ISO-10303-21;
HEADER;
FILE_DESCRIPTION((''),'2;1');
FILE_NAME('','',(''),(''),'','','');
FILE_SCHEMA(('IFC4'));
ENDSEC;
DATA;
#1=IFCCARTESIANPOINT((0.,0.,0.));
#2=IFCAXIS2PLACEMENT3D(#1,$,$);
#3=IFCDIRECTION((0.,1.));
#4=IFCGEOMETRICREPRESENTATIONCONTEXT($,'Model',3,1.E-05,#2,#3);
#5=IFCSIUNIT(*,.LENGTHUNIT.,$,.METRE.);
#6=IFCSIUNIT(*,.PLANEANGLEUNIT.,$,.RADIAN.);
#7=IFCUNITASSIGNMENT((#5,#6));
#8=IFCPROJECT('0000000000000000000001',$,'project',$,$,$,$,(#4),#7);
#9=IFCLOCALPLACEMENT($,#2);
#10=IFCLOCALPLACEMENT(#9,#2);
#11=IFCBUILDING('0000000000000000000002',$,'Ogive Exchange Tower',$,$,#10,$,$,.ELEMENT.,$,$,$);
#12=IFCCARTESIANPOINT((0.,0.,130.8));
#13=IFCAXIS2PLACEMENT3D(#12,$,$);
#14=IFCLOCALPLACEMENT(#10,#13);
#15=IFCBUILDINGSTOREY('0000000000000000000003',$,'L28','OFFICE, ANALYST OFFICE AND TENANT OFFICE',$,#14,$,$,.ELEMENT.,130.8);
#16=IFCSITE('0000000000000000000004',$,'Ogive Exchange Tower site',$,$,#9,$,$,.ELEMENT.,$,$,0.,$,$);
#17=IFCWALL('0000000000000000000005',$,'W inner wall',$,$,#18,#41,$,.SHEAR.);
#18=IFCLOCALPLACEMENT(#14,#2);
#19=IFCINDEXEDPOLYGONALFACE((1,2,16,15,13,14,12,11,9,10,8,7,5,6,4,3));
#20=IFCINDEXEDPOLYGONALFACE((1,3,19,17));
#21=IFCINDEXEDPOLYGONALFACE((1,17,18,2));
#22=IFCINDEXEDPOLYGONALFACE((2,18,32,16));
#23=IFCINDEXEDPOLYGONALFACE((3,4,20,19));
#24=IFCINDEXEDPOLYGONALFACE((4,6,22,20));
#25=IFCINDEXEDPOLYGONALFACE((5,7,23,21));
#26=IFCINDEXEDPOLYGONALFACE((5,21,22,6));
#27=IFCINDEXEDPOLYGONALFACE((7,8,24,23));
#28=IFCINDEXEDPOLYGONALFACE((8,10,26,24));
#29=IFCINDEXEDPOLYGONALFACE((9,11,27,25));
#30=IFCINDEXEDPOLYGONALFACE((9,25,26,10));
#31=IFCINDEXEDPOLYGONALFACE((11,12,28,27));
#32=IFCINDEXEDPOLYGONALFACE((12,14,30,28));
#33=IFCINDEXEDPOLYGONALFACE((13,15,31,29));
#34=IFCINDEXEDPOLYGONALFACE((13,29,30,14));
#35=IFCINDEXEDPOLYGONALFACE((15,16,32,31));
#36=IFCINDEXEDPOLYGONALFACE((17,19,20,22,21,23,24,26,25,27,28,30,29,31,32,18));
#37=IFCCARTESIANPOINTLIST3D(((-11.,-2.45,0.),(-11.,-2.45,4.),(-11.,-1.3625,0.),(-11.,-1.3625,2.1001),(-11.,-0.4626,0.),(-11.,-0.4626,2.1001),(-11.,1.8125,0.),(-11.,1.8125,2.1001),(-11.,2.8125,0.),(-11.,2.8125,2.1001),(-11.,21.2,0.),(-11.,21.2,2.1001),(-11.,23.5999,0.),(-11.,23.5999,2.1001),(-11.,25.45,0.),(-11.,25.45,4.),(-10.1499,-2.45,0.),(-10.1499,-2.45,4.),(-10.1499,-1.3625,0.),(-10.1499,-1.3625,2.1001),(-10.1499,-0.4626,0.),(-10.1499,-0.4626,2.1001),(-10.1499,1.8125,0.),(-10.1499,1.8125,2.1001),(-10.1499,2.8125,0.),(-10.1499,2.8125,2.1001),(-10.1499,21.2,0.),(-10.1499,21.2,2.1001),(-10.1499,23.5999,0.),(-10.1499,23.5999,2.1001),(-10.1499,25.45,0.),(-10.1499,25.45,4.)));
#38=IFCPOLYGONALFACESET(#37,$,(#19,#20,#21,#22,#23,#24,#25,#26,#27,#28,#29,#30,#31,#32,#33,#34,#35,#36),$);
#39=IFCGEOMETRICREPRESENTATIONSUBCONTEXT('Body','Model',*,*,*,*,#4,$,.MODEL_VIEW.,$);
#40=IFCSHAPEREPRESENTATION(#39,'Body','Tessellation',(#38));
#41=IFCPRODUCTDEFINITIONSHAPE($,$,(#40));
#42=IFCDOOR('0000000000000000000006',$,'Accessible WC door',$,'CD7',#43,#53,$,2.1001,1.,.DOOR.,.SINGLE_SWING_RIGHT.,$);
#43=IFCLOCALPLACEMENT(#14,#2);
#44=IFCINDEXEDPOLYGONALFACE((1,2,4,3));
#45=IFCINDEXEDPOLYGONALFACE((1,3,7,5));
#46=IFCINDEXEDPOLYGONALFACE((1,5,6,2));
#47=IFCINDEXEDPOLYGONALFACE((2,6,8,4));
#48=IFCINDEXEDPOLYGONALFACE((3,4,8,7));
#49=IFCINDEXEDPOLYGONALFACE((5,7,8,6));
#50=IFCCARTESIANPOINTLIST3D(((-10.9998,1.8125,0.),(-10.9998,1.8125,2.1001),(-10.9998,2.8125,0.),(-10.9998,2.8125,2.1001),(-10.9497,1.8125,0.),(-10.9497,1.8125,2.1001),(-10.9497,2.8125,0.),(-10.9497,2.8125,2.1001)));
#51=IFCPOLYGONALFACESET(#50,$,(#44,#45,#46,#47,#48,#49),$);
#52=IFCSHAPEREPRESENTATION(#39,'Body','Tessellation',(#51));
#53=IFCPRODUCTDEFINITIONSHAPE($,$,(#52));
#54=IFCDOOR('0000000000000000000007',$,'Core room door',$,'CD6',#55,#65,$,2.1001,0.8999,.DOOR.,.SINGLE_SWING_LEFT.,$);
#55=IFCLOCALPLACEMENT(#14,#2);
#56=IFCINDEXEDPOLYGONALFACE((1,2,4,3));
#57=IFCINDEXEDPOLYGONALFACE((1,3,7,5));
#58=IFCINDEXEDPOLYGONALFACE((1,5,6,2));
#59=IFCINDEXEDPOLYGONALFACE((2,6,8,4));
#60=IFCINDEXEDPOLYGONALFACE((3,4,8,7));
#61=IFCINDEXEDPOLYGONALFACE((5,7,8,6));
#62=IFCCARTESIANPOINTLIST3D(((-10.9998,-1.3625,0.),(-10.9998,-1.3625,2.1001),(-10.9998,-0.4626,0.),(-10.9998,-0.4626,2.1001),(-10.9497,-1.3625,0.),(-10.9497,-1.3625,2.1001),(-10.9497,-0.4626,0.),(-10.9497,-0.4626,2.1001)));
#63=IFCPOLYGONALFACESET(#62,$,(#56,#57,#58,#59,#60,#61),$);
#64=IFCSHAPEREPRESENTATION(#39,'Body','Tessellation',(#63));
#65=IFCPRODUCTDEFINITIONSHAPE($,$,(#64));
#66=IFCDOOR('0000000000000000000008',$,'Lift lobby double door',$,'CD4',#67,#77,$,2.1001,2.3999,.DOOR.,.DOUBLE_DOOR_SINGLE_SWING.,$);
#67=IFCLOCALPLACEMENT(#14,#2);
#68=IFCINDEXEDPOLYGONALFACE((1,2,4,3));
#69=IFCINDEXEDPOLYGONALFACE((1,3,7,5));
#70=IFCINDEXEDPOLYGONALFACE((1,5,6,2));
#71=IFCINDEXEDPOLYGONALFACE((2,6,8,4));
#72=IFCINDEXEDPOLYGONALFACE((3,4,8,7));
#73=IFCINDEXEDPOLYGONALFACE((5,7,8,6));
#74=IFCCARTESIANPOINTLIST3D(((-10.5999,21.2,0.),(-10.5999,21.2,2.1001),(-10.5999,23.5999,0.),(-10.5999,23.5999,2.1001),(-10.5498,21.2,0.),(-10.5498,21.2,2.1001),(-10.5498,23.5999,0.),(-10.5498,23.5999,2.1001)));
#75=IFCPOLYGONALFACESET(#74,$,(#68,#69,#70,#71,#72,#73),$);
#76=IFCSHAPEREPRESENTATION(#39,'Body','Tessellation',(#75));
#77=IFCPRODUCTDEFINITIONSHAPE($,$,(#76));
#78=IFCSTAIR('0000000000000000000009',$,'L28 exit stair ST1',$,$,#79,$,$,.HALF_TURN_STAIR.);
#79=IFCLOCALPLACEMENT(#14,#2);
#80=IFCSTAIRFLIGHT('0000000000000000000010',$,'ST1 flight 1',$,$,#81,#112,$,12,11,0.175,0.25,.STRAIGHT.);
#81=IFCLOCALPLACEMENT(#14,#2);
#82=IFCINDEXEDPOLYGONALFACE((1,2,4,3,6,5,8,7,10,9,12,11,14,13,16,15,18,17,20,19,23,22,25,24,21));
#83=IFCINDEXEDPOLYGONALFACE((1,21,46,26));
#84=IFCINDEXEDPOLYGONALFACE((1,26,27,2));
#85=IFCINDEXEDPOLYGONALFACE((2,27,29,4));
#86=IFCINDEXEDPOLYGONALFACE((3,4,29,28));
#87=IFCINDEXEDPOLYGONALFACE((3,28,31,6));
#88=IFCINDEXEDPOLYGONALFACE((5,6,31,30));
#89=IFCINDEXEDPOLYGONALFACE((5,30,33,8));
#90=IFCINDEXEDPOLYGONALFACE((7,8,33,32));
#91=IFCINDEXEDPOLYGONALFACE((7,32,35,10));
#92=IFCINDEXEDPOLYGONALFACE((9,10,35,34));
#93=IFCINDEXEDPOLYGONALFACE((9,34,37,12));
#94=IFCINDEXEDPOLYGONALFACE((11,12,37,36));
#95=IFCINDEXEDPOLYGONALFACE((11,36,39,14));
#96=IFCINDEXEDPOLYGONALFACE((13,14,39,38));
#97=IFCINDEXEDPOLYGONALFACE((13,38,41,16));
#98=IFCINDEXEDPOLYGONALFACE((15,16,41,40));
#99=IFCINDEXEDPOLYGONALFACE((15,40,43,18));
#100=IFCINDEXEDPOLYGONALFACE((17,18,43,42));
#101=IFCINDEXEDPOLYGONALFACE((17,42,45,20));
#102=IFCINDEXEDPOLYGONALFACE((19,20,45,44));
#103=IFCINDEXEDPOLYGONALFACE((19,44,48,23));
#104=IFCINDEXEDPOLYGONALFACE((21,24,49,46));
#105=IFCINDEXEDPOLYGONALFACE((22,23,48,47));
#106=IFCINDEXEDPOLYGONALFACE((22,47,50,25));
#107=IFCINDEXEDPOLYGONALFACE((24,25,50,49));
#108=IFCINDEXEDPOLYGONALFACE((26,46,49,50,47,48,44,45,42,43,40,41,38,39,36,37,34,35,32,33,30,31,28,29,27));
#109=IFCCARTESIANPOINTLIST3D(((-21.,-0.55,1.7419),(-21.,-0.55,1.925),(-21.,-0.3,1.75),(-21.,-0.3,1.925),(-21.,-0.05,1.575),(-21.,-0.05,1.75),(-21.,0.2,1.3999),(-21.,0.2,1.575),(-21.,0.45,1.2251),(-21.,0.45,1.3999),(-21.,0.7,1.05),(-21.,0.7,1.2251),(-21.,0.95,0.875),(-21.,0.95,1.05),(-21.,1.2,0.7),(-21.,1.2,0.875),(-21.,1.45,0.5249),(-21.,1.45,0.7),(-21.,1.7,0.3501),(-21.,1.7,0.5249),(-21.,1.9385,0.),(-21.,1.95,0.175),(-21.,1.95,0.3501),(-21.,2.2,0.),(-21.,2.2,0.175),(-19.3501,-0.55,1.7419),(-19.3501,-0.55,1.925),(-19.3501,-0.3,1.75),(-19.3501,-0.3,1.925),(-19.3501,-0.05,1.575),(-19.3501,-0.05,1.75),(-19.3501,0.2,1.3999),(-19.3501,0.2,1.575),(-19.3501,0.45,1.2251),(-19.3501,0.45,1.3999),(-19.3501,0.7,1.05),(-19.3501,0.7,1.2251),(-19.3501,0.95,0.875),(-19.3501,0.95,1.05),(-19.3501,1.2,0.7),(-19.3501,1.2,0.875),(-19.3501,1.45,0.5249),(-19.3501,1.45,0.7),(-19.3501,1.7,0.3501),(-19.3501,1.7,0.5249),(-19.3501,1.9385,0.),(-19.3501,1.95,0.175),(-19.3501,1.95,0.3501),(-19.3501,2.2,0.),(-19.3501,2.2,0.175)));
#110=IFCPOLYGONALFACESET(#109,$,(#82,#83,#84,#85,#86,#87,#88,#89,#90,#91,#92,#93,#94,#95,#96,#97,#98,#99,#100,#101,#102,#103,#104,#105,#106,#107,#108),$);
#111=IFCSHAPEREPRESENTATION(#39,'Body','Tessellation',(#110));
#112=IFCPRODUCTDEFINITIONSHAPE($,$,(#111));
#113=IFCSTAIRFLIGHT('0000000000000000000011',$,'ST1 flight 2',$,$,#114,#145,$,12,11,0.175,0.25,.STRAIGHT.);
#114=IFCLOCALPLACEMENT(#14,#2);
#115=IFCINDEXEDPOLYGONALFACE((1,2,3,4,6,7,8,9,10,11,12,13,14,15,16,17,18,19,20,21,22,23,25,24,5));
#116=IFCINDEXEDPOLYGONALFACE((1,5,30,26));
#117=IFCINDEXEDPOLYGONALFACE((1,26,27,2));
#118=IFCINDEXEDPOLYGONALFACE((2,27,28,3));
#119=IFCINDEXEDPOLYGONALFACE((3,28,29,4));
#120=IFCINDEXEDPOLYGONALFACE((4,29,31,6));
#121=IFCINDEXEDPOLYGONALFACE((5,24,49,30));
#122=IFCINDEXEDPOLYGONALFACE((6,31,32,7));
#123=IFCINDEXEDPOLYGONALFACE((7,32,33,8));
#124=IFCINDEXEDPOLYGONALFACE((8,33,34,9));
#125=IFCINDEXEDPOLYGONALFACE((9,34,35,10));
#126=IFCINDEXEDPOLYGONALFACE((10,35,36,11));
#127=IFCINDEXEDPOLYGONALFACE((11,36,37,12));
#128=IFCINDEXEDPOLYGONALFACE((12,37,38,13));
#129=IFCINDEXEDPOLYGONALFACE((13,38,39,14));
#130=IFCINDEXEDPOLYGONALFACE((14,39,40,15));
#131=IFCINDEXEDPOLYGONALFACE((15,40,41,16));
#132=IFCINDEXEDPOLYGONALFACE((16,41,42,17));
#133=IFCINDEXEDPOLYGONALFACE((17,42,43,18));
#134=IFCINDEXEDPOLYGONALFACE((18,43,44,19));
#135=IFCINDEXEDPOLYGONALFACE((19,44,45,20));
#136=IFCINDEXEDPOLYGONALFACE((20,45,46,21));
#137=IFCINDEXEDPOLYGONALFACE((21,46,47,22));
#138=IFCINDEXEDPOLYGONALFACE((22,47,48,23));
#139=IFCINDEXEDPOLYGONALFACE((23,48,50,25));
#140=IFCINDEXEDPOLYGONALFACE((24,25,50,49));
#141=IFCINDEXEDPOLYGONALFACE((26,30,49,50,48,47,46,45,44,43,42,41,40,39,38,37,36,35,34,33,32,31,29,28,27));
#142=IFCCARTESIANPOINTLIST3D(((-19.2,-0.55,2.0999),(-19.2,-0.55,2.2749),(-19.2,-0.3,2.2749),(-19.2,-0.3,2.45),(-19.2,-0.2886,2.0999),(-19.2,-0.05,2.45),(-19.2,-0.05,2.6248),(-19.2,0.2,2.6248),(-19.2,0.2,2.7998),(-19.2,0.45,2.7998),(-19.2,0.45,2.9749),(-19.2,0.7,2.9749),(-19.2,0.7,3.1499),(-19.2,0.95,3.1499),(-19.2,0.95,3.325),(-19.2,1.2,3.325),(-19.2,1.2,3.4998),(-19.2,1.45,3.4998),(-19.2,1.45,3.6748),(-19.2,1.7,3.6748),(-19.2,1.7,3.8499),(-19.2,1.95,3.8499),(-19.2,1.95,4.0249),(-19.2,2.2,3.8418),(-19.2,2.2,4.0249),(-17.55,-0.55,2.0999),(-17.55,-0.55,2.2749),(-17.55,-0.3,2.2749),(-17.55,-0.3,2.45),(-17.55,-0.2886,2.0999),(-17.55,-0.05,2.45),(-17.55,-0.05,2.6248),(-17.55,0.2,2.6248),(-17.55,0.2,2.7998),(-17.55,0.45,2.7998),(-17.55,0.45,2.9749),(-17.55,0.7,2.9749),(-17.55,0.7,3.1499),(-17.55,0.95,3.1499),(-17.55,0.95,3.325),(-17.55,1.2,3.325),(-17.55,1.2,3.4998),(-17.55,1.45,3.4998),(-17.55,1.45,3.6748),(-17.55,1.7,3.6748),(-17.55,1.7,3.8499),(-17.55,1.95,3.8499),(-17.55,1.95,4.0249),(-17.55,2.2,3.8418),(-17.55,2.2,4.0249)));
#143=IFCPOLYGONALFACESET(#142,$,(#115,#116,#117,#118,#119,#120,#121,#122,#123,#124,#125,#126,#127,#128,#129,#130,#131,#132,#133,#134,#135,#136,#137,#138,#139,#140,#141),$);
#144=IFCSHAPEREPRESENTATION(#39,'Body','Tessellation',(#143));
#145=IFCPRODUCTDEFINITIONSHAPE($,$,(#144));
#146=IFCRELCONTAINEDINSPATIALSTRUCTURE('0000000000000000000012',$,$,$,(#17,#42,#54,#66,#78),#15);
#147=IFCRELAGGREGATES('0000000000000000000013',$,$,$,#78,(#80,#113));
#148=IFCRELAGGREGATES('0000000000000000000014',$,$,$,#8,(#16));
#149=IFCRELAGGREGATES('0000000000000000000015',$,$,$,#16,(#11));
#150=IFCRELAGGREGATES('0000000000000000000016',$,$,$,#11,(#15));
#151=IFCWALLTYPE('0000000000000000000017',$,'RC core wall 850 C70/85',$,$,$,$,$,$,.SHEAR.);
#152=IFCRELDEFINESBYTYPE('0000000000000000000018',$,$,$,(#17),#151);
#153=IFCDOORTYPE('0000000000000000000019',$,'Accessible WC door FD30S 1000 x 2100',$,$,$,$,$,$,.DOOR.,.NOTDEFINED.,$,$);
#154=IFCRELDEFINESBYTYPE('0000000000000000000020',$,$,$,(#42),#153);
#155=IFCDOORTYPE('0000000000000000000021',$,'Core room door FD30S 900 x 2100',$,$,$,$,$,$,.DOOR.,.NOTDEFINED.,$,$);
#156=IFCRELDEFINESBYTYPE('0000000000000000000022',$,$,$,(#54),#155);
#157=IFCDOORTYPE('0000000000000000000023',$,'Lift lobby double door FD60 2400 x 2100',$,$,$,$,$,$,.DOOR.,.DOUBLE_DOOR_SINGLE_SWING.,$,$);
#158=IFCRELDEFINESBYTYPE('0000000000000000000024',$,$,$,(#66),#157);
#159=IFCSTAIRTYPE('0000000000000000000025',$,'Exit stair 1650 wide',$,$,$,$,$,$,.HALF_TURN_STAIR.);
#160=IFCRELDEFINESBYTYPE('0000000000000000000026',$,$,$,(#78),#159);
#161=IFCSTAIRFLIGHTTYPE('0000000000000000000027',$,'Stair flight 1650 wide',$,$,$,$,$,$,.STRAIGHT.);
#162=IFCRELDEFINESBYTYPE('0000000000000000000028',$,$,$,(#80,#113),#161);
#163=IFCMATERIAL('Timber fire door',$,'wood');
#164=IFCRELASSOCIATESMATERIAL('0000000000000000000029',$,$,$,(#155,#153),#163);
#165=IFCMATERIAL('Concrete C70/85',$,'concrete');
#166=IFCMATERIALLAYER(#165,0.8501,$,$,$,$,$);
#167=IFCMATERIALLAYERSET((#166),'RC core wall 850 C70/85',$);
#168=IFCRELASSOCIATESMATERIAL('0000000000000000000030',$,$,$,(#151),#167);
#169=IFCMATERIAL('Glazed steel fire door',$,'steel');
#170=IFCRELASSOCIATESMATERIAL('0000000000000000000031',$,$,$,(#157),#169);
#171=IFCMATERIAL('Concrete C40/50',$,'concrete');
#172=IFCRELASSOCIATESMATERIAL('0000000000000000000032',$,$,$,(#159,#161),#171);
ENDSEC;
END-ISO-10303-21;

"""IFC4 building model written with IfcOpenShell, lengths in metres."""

from ifc_helpers import new_model, si_unit, direction, frame, frame_2d, origin, place, context, subcontext, project, spatial, polyline, rectangle, outline, extrude, material, layer, layer_set, type_object, element, fill, aggregate, save


model = new_model("IFC4")

# Units and contexts
model_context = context("Model", 3, precision=1e-05, world=origin(), true_north=direction((0.0, 1.0)))
body_context = subcontext(model_context, "Body", "Model", "MODEL_VIEW")
ifc_project = project(units=[si_unit("LENGTHUNIT", "METRE"), si_unit("PLANEANGLEUNIT", "RADIAN")], contexts=[model_context])

# Site, building, storey
site_placement = place(None, origin())
site = spatial("IfcSite", under=ifc_project, at=site_placement, Name="Ogive Exchange Tower site", CompositionType="ELEMENT", RefElevation=0.0)
building_placement = place(site_placement, origin())
building = spatial("IfcBuilding", under=site, at=building_placement, Name="Ogive Exchange Tower", CompositionType="ELEMENT")
storey_placement = place(building_placement, frame((0.0, 0.0, 130.8)))
storey = spatial("IfcBuildingStorey", under=building, at=storey_placement, Name="L28", Description="OFFICE, ANALYST OFFICE AND TENANT OFFICE", CompositionType="ELEMENT", Elevation=130.8)

# Shared definitions
ifc_material_1 = material(Name="Concrete C70/85", Category="concrete")

# Shared definitions
ifc_material_2 = material(Name="Timber fire door", Category="wood")
door_type_1 = type_object("IfcDoorType", Name="Core room door FD30S 900 x 2100", OperationType="NOTDEFINED", PredefinedType="DOOR", material=ifc_material_2)

# Wall, openings, doors
ifc_layer_1 = layer(ifc_material_1, 0.8501)
ifc_layer_set_1 = layer_set([ifc_layer_1], Name="RC core wall 850 C70/85")
wall_type_1 = type_object("IfcWallType", Name="RC core wall 850 C70/85", PredefinedType="SHEAR", material=ifc_layer_set_1)
wall_1_placement = place(storey_placement, frame((-10.575, -2.45, 0.0), z_axis=(0.0, 0.0, 1.0), x_axis=(0.0, 1.0, 0.0)))
wall_1 = element("IfcWall", 1, at=wall_1_placement, inside=storey, type_object=wall_type_1, Name="W inner wall", PredefinedType="SHEAR", context=body_context, shape_type="SweptSolid", body=[
    extrude(rectangle(XDim=27.8999, YDim=0.8501, at=frame_2d((13.95, 0.0))), origin(), (0.0, 0.0, 1.0), 4.0),
])
opening_1_placement = place(wall_1_placement, frame((23.6499, 0.0, 0.0)))
opening_1 = element("IfcOpeningElement", 2, at=opening_1_placement, cuts=wall_1, PredefinedType="OPENING", context=body_context, shape_type="SweptSolid", body=[
    extrude(rectangle(XDim=2.3999, YDim=2.1001, at=frame_2d((1.2, 1.05))), frame((0.0, 0.4351, 0.0), z_axis=(0.0, -1.0, 0.0), x_axis=(1.0, 0.0, 0.0)), (0.0, 0.0, 1.0), 0.8701),
])
opening_2_placement = place(wall_1_placement, frame((1.0874, 0.0, 0.0)))
opening_2 = element("IfcOpeningElement", 3, at=opening_2_placement, cuts=wall_1, PredefinedType="OPENING", context=body_context, shape_type="SweptSolid", body=[
    extrude(rectangle(XDim=0.8999, YDim=2.1001, at=frame_2d((0.45, 1.05))), frame((0.0, 0.4351, 0.0), z_axis=(0.0, -1.0, 0.0), x_axis=(1.0, 0.0, 0.0)), (0.0, 0.0, 1.0), 0.8701),
])
opening_3_placement = place(wall_1_placement, frame((4.2625, 0.0, 0.0)))
opening_3 = element("IfcOpeningElement", 4, at=opening_3_placement, cuts=wall_1, PredefinedType="OPENING", context=body_context, shape_type="SweptSolid", body=[
    extrude(rectangle(XDim=1.0, YDim=2.1001, at=frame_2d((0.5, 1.05))), frame((0.0, 0.4351, 0.0), z_axis=(0.0, -1.0, 0.0), x_axis=(1.0, 0.0, 0.0)), (0.0, 0.0, 1.0), 0.8701),
])
door_type_2 = type_object("IfcDoorType", Name="Accessible WC door FD30S 1000 x 2100", OperationType="NOTDEFINED", PredefinedType="DOOR", material=ifc_material_2)
door_1_placement = place(opening_3_placement, origin())
door_1 = element("IfcDoor", 5, at=door_1_placement, inside=storey, type_object=door_type_2, Name="Accessible WC door", ObjectType="CD7", OperationType="SINGLE_SWING_RIGHT", OverallHeight=2.1001, OverallWidth=1.0, PredefinedType="DOOR", context=body_context, shape_type="SweptSolid", body=[
    extrude(rectangle(XDim=1.0, YDim=2.1001, at=frame_2d((0.5, 1.05))), frame((0.0, 0.4248, 0.0), z_axis=(0.0, -1.0, 0.0), x_axis=(1.0, 0.0, 0.0)), (0.0, 0.0, 1.0), 0.05),
])
fill(opening_3, door_1)
door_2_placement = place(opening_2_placement, origin())
door_2 = element("IfcDoor", 6, at=door_2_placement, inside=storey, type_object=door_type_1, Name="Core room door", ObjectType="CD6", OperationType="SINGLE_SWING_LEFT", OverallHeight=2.1001, OverallWidth=0.8999, PredefinedType="DOOR", context=body_context, shape_type="SweptSolid", body=[
    extrude(rectangle(XDim=0.8999, YDim=2.1001, at=frame_2d((0.45, 1.05))), frame((0.0, 0.4248, 0.0), z_axis=(0.0, -1.0, 0.0), x_axis=(1.0, 0.0, 0.0)), (0.0, 0.0, 1.0), 0.05),
])
fill(opening_2, door_2)
ifc_material_3 = material(Name="Glazed steel fire door", Category="steel")
door_type_3 = type_object("IfcDoorType", Name="Lift lobby double door FD60 2400 x 2100", OperationType="DOUBLE_DOOR_SINGLE_SWING", PredefinedType="DOOR", material=ifc_material_3)
door_3_placement = place(opening_1_placement, origin())
door_3 = element("IfcDoor", 7, at=door_3_placement, inside=storey, type_object=door_type_3, Name="Lift lobby double door", ObjectType="CD4", OperationType="DOUBLE_DOOR_SINGLE_SWING", OverallHeight=2.1001, OverallWidth=2.3999, PredefinedType="DOOR", context=body_context, shape_type="SweptSolid", body=[
    extrude(rectangle(XDim=2.3999, YDim=2.1001, at=frame_2d((1.2, 1.05))), frame((0.0, 0.0249, 0.0), z_axis=(0.0, -1.0, 0.0), x_axis=(1.0, 0.0, 0.0)), (0.0, 0.0, 1.0), 0.05),
])
fill(opening_1, door_3)

# Stair, stair flights
ifc_material_4 = material(Name="Concrete C40/50", Category="concrete")
stair_type = type_object("IfcStairType", Name="Exit stair 1650 wide", PredefinedType="HALF_TURN_STAIR", material=ifc_material_4)
stair_placement = place(storey_placement, origin())
stair = element("IfcStair", 8, at=stair_placement, inside=storey, type_object=stair_type, Name="L28 exit stair ST1", PredefinedType="HALF_TURN_STAIR")
stair_flight_type = type_object("IfcStairFlightType", Name="Stair flight 1650 wide", PredefinedType="STRAIGHT", material=ifc_material_4)
stair_flight_1_placement = place(storey_placement, frame((-20.175, 2.2, 0.0), z_axis=(0.0, 0.0, 1.0), x_axis=(0.0, -1.0, 0.0)))
stair_flight_1 = element("IfcStairFlight", 9, at=stair_flight_1_placement, type_object=stair_flight_type, Name="ST1 flight 1", NumberOfRisers=12, NumberOfTreads=11, PredefinedType="STRAIGHT", RiserHeight=0.175, TreadLength=0.25, context=body_context, shape_type="SweptSolid", body=[
    extrude(outline(polyline([(0.0, 0.0), (0.0, 0.175), (0.25, 0.175), (0.25, 0.3501), (0.5, 0.3501), (0.5, 0.5249), (0.75, 0.5249), (0.75, 0.7), (1.0, 0.7), (1.0, 0.875), (1.25, 0.875), (1.25, 1.05), (1.5, 1.05), (1.5, 1.2251), (1.75, 1.2251), (1.75, 1.3999), (2.0, 1.3999), (2.0, 1.575), (2.25, 1.575), (2.25, 1.75), (2.5, 1.75), (2.5, 1.925), (2.75, 1.925), (2.75, 2.1001), (2.75, 1.7419), (0.2615, 0.0), (0.0, 0.0)])), frame((0.0, 0.825, 0.0), z_axis=(0.0, -1.0, 0.0), x_axis=(1.0, 0.0, 0.0)), (0.0, 0.0, 1.0), 1.6499),
])
stair_flight_2_placement = place(storey_placement, frame((-18.375, -0.55, 2.0999), z_axis=(0.0, 0.0, 1.0), x_axis=(0.0, 1.0, 0.0)))
stair_flight_2 = element("IfcStairFlight", 10, at=stair_flight_2_placement, type_object=stair_flight_type, Name="ST1 flight 2", NumberOfRisers=12, NumberOfTreads=11, PredefinedType="STRAIGHT", RiserHeight=0.175, TreadLength=0.25, context=body_context, shape_type="SweptSolid", body=[
    extrude(outline(polyline([(0.0, 0.0), (0.0, 0.175), (0.25, 0.175), (0.25, 0.3501), (0.5, 0.3501), (0.5, 0.5249), (0.75, 0.5249), (0.75, 0.7), (1.0, 0.7), (1.0, 0.875), (1.25, 0.875), (1.25, 1.05), (1.5, 1.05), (1.5, 1.2251), (1.75, 1.2251), (1.75, 1.3999), (2.0, 1.3999), (2.0, 1.575), (2.25, 1.575), (2.25, 1.75), (2.5, 1.75), (2.5, 1.925), (2.75, 1.925), (2.75, 2.1001), (2.75, 1.7419), (0.2615, 0.0), (0.0, 0.0)])), frame((0.0, 0.825, 0.0), z_axis=(0.0, -1.0, 0.0), x_axis=(1.0, 0.0, 0.0)), (0.0, 0.0, 1.0), 1.6499),
])
aggregate(stair, [stair_flight_1, stair_flight_2])

save(model, "model.ifc")
